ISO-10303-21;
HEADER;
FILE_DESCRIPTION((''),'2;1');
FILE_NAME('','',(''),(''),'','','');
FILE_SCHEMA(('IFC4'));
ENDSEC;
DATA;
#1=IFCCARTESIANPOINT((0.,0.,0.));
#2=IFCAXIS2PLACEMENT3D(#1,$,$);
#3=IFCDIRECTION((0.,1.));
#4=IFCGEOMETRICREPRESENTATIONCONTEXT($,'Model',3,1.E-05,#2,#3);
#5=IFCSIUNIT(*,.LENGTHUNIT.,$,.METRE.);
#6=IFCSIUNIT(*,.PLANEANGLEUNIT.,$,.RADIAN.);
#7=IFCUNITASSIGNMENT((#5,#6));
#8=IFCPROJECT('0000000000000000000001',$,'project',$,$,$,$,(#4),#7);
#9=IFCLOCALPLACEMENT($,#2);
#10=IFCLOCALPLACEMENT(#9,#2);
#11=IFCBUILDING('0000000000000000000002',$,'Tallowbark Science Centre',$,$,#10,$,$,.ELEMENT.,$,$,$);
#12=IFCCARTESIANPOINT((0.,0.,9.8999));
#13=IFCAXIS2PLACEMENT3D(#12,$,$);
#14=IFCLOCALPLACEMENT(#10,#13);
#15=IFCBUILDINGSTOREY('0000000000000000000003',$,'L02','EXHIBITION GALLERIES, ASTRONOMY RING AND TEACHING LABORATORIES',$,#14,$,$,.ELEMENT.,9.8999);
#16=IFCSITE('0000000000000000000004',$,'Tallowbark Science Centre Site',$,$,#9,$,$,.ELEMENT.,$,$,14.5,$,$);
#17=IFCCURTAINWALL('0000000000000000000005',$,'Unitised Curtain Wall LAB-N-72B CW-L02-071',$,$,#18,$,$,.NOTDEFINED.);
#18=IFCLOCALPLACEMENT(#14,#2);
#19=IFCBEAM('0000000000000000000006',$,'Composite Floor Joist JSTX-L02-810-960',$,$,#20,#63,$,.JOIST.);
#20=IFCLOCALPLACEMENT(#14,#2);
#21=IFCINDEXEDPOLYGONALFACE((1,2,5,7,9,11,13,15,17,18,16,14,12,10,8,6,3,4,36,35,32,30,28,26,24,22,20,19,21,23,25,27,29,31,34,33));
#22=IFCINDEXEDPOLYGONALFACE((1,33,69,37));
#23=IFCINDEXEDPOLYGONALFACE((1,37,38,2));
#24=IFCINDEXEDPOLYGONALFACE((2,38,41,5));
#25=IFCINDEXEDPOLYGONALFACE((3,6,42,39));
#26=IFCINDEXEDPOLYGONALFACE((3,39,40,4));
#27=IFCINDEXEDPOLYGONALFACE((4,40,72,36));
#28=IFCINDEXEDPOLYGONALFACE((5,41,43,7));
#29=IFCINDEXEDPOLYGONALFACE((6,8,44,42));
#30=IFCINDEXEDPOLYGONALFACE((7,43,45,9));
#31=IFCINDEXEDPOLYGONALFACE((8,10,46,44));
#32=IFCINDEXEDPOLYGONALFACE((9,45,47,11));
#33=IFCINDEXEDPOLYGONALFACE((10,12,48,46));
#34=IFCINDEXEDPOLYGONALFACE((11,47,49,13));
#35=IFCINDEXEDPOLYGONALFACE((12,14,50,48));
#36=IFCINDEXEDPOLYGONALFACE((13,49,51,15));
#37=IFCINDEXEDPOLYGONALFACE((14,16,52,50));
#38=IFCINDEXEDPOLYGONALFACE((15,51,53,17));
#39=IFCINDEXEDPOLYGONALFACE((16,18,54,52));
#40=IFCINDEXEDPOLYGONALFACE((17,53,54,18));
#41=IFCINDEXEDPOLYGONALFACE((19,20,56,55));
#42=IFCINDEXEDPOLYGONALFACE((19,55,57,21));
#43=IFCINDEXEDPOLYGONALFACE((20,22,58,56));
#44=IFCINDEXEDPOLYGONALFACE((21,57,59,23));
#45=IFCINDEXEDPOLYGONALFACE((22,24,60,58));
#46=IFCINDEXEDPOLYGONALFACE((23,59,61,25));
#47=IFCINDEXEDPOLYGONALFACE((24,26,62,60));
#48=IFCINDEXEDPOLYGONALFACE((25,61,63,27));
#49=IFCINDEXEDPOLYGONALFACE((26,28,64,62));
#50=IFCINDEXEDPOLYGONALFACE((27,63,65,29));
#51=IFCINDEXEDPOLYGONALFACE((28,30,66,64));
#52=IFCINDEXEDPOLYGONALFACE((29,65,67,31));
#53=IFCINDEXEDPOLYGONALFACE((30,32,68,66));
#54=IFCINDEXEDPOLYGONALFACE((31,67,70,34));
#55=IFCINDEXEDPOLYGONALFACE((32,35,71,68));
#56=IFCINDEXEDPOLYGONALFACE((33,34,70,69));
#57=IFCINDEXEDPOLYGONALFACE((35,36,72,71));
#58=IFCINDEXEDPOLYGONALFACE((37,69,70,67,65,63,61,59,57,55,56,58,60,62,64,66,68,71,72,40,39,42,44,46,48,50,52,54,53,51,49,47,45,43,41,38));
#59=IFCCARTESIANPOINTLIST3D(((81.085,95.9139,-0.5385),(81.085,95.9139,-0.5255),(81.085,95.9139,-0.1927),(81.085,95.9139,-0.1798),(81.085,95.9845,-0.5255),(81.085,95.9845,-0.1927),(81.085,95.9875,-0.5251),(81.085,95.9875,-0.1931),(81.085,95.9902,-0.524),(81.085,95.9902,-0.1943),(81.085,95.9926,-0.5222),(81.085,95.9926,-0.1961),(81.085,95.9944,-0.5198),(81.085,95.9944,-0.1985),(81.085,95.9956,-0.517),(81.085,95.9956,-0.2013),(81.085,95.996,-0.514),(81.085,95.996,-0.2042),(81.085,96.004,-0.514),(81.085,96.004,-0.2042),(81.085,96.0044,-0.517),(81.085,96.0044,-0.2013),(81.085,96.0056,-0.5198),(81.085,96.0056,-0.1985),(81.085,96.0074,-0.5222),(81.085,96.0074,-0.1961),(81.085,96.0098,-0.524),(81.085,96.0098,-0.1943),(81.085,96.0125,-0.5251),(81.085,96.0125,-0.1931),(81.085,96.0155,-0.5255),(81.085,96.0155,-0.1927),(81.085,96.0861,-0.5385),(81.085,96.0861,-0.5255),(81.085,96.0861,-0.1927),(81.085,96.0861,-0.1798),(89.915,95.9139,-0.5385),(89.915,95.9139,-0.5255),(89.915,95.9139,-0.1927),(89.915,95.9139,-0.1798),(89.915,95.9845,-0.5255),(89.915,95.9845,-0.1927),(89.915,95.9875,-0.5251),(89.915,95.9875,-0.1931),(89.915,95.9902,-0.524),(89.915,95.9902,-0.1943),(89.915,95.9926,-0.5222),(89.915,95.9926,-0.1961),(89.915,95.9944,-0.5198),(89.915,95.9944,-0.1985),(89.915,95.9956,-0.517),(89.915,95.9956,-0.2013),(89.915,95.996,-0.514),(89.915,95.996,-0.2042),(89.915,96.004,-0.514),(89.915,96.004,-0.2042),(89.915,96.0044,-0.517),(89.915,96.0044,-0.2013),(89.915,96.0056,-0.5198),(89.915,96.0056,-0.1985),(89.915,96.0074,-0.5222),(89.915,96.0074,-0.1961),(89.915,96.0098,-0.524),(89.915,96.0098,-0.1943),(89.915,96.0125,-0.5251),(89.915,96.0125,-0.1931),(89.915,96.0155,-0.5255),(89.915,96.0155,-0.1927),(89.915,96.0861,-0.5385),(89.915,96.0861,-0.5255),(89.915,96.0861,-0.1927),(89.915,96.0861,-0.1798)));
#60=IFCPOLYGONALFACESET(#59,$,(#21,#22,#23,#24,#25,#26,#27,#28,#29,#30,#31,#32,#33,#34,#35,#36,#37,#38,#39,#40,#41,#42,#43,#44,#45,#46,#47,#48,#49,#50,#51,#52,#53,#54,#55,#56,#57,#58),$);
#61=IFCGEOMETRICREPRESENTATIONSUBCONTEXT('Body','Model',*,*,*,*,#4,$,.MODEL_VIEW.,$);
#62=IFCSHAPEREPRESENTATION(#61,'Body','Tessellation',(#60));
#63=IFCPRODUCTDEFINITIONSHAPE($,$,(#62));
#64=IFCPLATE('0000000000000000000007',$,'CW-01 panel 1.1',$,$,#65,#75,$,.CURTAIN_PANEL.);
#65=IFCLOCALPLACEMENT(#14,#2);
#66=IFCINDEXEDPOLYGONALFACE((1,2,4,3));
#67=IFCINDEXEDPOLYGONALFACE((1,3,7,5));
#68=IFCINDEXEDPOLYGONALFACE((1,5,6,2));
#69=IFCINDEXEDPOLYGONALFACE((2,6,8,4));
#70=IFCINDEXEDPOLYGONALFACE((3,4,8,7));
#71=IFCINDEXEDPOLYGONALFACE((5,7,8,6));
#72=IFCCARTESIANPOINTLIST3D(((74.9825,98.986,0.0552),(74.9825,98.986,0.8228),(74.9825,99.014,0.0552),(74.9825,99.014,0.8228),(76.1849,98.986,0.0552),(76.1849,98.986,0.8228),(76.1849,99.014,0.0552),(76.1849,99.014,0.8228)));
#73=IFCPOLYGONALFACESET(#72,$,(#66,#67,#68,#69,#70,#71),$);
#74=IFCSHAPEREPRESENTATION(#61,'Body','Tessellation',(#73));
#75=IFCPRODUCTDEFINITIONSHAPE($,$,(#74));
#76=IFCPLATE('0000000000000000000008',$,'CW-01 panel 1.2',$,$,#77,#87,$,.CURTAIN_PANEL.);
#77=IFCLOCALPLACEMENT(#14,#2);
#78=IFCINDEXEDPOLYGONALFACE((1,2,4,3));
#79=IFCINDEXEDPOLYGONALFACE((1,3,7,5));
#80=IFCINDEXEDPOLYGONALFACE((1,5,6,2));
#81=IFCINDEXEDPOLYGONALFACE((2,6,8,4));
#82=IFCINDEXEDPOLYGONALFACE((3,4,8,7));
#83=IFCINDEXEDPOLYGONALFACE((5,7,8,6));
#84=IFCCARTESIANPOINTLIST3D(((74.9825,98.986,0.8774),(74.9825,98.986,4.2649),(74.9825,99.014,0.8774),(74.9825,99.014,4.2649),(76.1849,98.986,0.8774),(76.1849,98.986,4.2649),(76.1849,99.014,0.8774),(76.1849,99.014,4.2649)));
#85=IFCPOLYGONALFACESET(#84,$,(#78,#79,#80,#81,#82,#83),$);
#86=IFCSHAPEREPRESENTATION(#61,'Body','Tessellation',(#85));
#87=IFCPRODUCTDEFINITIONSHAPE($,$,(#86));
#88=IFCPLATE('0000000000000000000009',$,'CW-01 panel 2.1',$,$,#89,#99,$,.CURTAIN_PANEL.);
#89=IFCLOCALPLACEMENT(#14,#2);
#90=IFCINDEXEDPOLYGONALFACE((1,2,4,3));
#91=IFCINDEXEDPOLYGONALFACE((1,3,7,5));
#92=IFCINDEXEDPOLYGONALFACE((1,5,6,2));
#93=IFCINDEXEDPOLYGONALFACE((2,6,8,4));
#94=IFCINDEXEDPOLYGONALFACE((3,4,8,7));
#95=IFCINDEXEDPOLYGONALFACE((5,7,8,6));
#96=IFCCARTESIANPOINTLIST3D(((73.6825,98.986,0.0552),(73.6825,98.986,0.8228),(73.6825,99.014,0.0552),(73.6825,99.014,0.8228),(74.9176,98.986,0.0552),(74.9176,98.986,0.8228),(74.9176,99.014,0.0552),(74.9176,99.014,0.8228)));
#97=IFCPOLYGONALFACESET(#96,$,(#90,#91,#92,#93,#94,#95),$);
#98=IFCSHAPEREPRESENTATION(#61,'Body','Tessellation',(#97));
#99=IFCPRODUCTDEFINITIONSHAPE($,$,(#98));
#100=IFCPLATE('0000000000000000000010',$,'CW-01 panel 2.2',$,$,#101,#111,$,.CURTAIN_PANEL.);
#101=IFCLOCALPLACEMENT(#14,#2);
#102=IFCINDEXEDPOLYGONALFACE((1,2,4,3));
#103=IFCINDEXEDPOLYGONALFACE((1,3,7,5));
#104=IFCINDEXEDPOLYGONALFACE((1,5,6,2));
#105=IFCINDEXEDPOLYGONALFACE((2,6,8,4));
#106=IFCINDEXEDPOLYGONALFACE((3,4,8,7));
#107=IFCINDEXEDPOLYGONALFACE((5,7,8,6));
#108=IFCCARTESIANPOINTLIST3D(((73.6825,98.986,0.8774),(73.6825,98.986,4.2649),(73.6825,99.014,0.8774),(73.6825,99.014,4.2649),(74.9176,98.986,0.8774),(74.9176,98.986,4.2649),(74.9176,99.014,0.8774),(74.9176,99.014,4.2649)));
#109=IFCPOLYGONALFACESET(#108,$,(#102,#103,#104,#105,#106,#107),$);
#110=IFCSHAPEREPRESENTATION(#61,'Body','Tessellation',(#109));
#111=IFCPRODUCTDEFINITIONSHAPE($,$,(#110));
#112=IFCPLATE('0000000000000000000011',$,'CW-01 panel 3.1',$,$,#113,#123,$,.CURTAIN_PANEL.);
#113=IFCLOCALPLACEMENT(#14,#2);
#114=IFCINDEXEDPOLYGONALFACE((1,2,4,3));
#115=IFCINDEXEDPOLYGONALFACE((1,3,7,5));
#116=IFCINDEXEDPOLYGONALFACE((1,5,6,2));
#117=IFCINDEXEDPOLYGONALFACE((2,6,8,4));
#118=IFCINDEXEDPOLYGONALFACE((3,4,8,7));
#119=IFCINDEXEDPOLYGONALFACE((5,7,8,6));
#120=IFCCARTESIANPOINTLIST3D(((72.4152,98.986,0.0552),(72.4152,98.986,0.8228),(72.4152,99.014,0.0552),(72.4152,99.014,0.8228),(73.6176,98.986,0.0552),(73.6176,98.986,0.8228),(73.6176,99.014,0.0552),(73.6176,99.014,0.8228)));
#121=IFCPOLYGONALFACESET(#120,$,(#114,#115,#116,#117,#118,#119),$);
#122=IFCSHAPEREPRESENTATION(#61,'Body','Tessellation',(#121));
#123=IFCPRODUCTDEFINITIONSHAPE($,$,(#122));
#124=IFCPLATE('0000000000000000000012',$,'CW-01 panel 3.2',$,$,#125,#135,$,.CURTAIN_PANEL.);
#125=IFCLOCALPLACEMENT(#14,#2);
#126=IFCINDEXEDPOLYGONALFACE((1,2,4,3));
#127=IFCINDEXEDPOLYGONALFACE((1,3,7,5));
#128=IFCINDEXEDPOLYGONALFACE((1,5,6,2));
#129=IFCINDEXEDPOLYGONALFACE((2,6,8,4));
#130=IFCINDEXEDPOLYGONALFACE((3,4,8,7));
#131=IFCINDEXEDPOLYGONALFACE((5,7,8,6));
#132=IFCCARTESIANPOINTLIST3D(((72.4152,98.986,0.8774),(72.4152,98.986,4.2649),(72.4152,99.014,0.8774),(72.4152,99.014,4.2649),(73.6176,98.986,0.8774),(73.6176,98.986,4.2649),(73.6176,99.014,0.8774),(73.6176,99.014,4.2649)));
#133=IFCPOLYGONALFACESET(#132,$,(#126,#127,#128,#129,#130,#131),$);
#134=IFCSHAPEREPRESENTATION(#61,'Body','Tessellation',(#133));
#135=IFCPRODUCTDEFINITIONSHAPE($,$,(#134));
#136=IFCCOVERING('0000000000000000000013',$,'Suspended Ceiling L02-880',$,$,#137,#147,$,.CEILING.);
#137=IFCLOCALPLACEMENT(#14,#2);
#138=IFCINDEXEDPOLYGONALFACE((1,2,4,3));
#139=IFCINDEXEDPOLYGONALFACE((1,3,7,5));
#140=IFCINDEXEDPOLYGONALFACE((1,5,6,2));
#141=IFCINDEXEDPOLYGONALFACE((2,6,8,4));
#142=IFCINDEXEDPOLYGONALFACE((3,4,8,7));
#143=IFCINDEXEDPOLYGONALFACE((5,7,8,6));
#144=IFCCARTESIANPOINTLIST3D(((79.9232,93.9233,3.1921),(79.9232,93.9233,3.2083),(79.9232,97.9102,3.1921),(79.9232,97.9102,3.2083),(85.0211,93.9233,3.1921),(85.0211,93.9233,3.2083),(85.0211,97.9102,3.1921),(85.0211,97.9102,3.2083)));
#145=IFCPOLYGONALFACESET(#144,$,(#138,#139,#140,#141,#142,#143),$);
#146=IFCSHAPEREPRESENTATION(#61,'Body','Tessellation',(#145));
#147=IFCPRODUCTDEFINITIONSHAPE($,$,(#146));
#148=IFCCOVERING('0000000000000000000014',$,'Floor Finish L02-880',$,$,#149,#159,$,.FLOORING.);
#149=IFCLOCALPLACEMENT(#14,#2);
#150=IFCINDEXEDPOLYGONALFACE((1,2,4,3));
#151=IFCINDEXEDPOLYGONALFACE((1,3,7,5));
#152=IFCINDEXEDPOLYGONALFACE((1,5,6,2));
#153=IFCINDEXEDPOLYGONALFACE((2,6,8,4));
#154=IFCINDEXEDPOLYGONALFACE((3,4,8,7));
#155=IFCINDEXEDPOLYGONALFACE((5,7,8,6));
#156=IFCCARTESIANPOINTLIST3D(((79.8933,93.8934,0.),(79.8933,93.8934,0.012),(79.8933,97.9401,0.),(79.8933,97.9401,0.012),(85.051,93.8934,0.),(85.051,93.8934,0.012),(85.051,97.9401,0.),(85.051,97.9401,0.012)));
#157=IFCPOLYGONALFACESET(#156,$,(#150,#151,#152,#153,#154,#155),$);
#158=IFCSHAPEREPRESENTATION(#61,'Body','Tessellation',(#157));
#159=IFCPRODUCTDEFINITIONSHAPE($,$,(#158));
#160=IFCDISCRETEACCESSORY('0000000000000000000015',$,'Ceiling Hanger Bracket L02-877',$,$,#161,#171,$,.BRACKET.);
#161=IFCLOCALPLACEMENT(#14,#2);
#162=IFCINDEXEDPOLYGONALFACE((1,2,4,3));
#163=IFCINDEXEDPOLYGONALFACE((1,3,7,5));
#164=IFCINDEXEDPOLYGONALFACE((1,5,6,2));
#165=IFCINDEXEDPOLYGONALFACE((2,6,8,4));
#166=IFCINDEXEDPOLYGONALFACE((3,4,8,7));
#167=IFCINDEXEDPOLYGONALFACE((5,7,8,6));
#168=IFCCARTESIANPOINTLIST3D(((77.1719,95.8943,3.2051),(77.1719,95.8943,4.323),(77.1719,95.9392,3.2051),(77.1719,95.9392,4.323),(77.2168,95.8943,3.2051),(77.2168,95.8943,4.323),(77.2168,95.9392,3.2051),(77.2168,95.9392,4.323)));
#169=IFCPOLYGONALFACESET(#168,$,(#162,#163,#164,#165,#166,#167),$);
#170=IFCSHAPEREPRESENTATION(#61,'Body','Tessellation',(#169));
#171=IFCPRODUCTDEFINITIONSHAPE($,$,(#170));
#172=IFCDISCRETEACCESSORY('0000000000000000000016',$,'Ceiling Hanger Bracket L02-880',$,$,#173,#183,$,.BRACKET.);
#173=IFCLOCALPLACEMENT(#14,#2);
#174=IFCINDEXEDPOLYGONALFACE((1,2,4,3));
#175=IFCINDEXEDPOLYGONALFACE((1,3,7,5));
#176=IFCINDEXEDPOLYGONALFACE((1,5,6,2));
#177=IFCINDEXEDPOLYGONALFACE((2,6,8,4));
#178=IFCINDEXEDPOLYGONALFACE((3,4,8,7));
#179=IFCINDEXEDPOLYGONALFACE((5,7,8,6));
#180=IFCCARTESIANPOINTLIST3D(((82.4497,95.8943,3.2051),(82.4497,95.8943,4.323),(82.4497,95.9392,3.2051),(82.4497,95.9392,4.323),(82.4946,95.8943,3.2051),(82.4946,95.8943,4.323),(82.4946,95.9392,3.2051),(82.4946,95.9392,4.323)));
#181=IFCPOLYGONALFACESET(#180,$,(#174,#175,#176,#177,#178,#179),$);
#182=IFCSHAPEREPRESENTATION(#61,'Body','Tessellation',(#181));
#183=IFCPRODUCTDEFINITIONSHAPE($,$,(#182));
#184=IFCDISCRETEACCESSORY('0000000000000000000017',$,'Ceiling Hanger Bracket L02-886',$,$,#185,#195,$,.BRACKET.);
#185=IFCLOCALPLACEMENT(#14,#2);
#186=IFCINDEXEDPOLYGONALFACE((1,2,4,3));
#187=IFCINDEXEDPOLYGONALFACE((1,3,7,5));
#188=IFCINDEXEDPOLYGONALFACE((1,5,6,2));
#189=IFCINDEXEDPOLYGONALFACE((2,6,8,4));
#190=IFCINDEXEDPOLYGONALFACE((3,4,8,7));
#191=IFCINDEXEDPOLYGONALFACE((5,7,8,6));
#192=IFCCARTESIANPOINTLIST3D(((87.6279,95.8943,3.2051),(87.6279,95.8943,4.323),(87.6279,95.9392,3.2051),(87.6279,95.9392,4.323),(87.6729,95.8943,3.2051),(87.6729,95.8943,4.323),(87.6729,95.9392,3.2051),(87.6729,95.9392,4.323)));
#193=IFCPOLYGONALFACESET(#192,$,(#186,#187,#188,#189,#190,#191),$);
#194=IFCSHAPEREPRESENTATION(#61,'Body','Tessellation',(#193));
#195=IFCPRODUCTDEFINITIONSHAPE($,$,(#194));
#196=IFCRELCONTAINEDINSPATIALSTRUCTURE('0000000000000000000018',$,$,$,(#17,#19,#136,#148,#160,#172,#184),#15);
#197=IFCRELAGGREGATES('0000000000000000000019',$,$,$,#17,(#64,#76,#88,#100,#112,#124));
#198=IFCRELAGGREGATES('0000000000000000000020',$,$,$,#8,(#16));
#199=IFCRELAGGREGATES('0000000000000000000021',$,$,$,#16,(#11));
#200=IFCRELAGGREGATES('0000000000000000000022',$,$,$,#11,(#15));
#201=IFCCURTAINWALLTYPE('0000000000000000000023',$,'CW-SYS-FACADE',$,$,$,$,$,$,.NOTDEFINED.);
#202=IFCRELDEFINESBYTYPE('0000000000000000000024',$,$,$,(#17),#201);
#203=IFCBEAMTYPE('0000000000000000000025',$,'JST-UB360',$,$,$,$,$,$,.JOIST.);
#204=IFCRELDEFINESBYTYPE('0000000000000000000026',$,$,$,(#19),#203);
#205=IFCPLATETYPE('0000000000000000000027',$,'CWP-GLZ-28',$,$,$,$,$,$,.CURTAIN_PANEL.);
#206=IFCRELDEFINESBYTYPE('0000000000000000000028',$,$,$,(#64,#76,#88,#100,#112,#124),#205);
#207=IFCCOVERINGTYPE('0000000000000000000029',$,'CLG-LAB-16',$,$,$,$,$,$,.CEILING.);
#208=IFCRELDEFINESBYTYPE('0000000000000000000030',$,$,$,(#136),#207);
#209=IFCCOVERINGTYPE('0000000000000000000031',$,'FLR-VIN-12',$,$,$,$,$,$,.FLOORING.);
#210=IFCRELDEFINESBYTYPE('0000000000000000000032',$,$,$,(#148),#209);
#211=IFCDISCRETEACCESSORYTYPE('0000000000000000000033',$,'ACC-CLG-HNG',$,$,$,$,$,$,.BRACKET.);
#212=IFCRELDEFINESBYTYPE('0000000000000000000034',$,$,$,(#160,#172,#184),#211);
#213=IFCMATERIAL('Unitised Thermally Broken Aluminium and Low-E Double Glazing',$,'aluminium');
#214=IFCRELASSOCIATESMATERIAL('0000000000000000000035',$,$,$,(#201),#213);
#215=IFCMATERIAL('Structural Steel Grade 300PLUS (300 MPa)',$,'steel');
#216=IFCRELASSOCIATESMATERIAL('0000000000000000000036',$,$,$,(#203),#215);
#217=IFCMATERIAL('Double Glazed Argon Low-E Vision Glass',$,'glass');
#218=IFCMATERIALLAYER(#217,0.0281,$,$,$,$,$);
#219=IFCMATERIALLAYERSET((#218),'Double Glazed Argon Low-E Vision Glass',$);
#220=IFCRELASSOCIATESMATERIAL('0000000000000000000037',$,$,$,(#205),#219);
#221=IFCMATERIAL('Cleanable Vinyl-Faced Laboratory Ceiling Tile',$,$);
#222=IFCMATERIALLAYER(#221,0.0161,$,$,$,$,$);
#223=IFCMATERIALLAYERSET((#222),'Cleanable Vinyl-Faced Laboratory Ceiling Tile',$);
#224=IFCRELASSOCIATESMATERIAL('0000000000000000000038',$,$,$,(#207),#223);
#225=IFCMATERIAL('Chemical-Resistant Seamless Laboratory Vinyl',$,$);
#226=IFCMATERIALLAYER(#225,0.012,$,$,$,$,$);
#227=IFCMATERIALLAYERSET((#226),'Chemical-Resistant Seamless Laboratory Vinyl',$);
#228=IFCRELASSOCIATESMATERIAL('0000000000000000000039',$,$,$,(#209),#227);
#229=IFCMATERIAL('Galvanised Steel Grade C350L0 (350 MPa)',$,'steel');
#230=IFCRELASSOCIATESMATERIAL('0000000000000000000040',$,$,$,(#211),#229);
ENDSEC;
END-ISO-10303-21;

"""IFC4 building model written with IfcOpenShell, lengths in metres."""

from ifc_helpers import new_model, si_unit, direction, frame, origin, origin_2d, place, context, subcontext, project, spatial, rectangle, i_section, extrude, material, layer, layer_set, material_profile, profile_set, type_object, element, aggregate, save


model = new_model("IFC4")

# Units and contexts
model_context = context("Model", 3, precision=1e-05, world=origin(), true_north=direction((0.0, 1.0)))
body_context = subcontext(model_context, "Body", "Model", "MODEL_VIEW")
ifc_project = project(units=[si_unit("LENGTHUNIT", "METRE"), si_unit("PLANEANGLEUNIT", "RADIAN")], contexts=[model_context])

# Site, building, storey
site_placement = place(None, origin())
site = spatial("IfcSite", under=ifc_project, at=site_placement, Name="Tallowbark Science Centre Site", CompositionType="ELEMENT", RefElevation=14.5)
building_placement = place(site_placement, origin())
building = spatial("IfcBuilding", under=site, at=building_placement, Name="Tallowbark Science Centre", CompositionType="ELEMENT")
storey_placement = place(building_placement, frame((0.0, 0.0, 9.8999)))
storey = spatial("IfcBuildingStorey", under=building, at=storey_placement, Name="L02", Description="EXHIBITION GALLERIES, ASTRONOMY RING AND TEACHING LABORATORIES", CompositionType="ELEMENT", Elevation=9.8999)

# Curtain wall
ifc_material_1 = material(Name="Unitised Thermally Broken Aluminium and Low-E Double Glazing", Category="aluminium")
curtain_wall_type = type_object("IfcCurtainWallType", Name="CW-SYS-FACADE", PredefinedType="NOTDEFINED", material=ifc_material_1)
curtain_wall_placement = place(storey_placement, origin())
curtain_wall = element("IfcCurtainWall", 1, at=curtain_wall_placement, inside=storey, type_object=curtain_wall_type, Name="Unitised Curtain Wall LAB-N-72B CW-L02-071", PredefinedType="NOTDEFINED")

# Beam
ifc_material_2 = material(Name="Structural Steel Grade 300PLUS (300 MPa)", Category="steel")
ifc_material_profile_1 = material_profile(ifc_material_2, i_section(OverallWidth=0.1721, OverallDepth=0.3586, WebThickness=0.0081, FlangeThickness=0.0129, FilletRadius=0.0115, at=origin_2d()), Name="360UB56.7")
ifc_profile_set_1 = profile_set([ifc_material_profile_1], Name="Structural Steel Grade 300PLUS (300 MPa)")
beam_type = type_object("IfcBeamType", Name="JST-UB360", PredefinedType="JOIST", material=ifc_profile_set_1)
beam_placement = place(storey_placement, frame((81.085, 96.0, -0.3591), z_axis=(1.0, 0.0, 0.0), x_axis=(0.0, 1.0, 0.0)))
element("IfcBeam", 2, at=beam_placement, inside=storey, type_object=beam_type, Name="Composite Floor Joist JSTX-L02-810-960", PredefinedType="JOIST", context=body_context, shape_type="SweptSolid", body=[
    extrude(i_section(OverallWidth=0.1721, OverallDepth=0.3586, WebThickness=0.0081, FlangeThickness=0.0129, FilletRadius=0.0115, at=origin_2d()), origin(), (0.0, 0.0, 1.0), 8.8301),
])

# Plates
ifc_material_3 = material(Name="Double Glazed Argon Low-E Vision Glass", Category="glass")
ifc_layer_1 = layer(ifc_material_3, 0.0281)
ifc_layer_set_1 = layer_set([ifc_layer_1], Name="Double Glazed Argon Low-E Vision Glass")
plate_type = type_object("IfcPlateType", Name="CWP-GLZ-28", PredefinedType="CURTAIN_PANEL", material=ifc_layer_set_1)
plate_1_placement = place(storey_placement, frame((75.5837, 99.0, 0.0552), z_axis=(0.0, 0.0, 1.0), x_axis=(-1.0, 0.0, 0.0)))
plate_1 = element("IfcPlate", 3, at=plate_1_placement, type_object=plate_type, Name="CW-01 panel 1.1", PredefinedType="CURTAIN_PANEL", context=body_context, shape_type="SweptSolid", body=[
    extrude(rectangle(XDim=1.2024, YDim=0.0281, at=origin_2d()), origin(), (0.0, 0.0, 1.0), 0.7676),
])
plate_2_placement = place(storey_placement, frame((75.5837, 99.0, 0.8774), z_axis=(0.0, 0.0, 1.0), x_axis=(-1.0, 0.0, 0.0)))
plate_2 = element("IfcPlate", 4, at=plate_2_placement, type_object=plate_type, Name="CW-01 panel 1.2", PredefinedType="CURTAIN_PANEL", context=body_context, shape_type="SweptSolid", body=[
    extrude(rectangle(XDim=1.2024, YDim=0.0281, at=origin_2d()), origin(), (0.0, 0.0, 1.0), 3.3875),
])
plate_3_placement = place(storey_placement, frame((74.3, 99.0, 0.0552), z_axis=(0.0, 0.0, 1.0), x_axis=(-1.0, 0.0, 0.0)))
plate_3 = element("IfcPlate", 5, at=plate_3_placement, type_object=plate_type, Name="CW-01 panel 2.1", PredefinedType="CURTAIN_PANEL", context=body_context, shape_type="SweptSolid", body=[
    extrude(rectangle(XDim=1.2351, YDim=0.0281, at=origin_2d()), origin(), (0.0, 0.0, 1.0), 0.7676),
])
plate_4_placement = place(storey_placement, frame((74.3, 99.0, 0.8774), z_axis=(0.0, 0.0, 1.0), x_axis=(-1.0, 0.0, 0.0)))
plate_4 = element("IfcPlate", 6, at=plate_4_placement, type_object=plate_type, Name="CW-01 panel 2.2", PredefinedType="CURTAIN_PANEL", context=body_context, shape_type="SweptSolid", body=[
    extrude(rectangle(XDim=1.2351, YDim=0.0281, at=origin_2d()), origin(), (0.0, 0.0, 1.0), 3.3875),
])
plate_5_placement = place(storey_placement, frame((73.0164, 99.0, 0.0552), z_axis=(0.0, 0.0, 1.0), x_axis=(-1.0, 0.0, 0.0)))
plate_5 = element("IfcPlate", 7, at=plate_5_placement, type_object=plate_type, Name="CW-01 panel 3.1", PredefinedType="CURTAIN_PANEL", context=body_context, shape_type="SweptSolid", body=[
    extrude(rectangle(XDim=1.2024, YDim=0.0281, at=origin_2d()), origin(), (0.0, 0.0, 1.0), 0.7676),
])
plate_6_placement = place(storey_placement, frame((73.0164, 99.0, 0.8774), z_axis=(0.0, 0.0, 1.0), x_axis=(-1.0, 0.0, 0.0)))
plate_6 = element("IfcPlate", 8, at=plate_6_placement, type_object=plate_type, Name="CW-01 panel 3.2", PredefinedType="CURTAIN_PANEL", context=body_context, shape_type="SweptSolid", body=[
    extrude(rectangle(XDim=1.2024, YDim=0.0281, at=origin_2d()), origin(), (0.0, 0.0, 1.0), 3.3875),
])
aggregate(curtain_wall, [plate_1, plate_2, plate_3, plate_4, plate_5, plate_6])

# Coverings
ifc_material_4 = material(Name="Cleanable Vinyl-Faced Laboratory Ceiling Tile")
ifc_layer_2 = layer(ifc_material_4, 0.0161)
ifc_layer_set_2 = layer_set([ifc_layer_2], Name="Cleanable Vinyl-Faced Laboratory Ceiling Tile")
covering_type_1 = type_object("IfcCoveringType", Name="CLG-LAB-16", PredefinedType="CEILING", material=ifc_layer_set_2)
covering_1_placement = place(storey_placement, frame((82.4722, 95.9167, 3.1921), z_axis=(0.0, 0.0, 1.0), x_axis=(1.0, 0.0, 0.0)))
element("IfcCovering", 9, at=covering_1_placement, inside=storey, type_object=covering_type_1, Name="Suspended Ceiling L02-880", PredefinedType="CEILING", context=body_context, shape_type="SweptSolid", body=[
    extrude(rectangle(XDim=5.0979, YDim=3.9868, at=origin_2d()), origin(), (0.0, 0.0, 1.0), 0.0161),
])
ifc_material_5 = material(Name="Chemical-Resistant Seamless Laboratory Vinyl")
ifc_layer_3 = layer(ifc_material_5, 0.012)
ifc_layer_set_3 = layer_set([ifc_layer_3], Name="Chemical-Resistant Seamless Laboratory Vinyl")
covering_type_2 = type_object("IfcCoveringType", Name="FLR-VIN-12", PredefinedType="FLOORING", material=ifc_layer_set_3)
covering_2_placement = place(storey_placement, frame((82.4722, 95.9167, 0.0), z_axis=(0.0, 0.0, 1.0), x_axis=(1.0, 0.0, 0.0)))
element("IfcCovering", 10, at=covering_2_placement, inside=storey, type_object=covering_type_2, Name="Floor Finish L02-880", PredefinedType="FLOORING", context=body_context, shape_type="SweptSolid", body=[
    extrude(rectangle(XDim=5.1577, YDim=4.0466, at=origin_2d()), origin(), (0.0, 0.0, 1.0), 0.012),
])

# Discrete accessories
ifc_material_6 = material(Name="Galvanised Steel Grade C350L0 (350 MPa)", Category="steel")
discrete_accessory_type = type_object("IfcDiscreteAccessoryType", Name="ACC-CLG-HNG", PredefinedType="BRACKET", material=ifc_material_6)
for number, where, z_axis, x_axis, name in (
    (11, (77.1943, 95.9167, 3.2051), (0.0, 0.0, 1.0), (1.0, 0.0, 0.0), "Ceiling Hanger Bracket L02-877"),
    (12, (82.4722, 95.9167, 3.2051), (0.0, 0.0, 1.0), (1.0, 0.0, 0.0), "Ceiling Hanger Bracket L02-880"),
    (13, (87.6504, 95.9167, 3.2051), (0.0, 0.0, 1.0), (1.0, 0.0, 0.0), "Ceiling Hanger Bracket L02-886"),
):
    element("IfcDiscreteAccessory", number, at=place(storey_placement, frame(where, z_axis=z_axis, x_axis=x_axis)), inside=storey, type_object=discrete_accessory_type, Name=name, PredefinedType="BRACKET", context=body_context, shape_type="SweptSolid", body=[
        extrude(rectangle(XDim=0.0449, YDim=0.0449, at=origin_2d()), origin(), (0.0, 0.0, 1.0), 1.1179),
    ])

save(model, "model.ifc")
